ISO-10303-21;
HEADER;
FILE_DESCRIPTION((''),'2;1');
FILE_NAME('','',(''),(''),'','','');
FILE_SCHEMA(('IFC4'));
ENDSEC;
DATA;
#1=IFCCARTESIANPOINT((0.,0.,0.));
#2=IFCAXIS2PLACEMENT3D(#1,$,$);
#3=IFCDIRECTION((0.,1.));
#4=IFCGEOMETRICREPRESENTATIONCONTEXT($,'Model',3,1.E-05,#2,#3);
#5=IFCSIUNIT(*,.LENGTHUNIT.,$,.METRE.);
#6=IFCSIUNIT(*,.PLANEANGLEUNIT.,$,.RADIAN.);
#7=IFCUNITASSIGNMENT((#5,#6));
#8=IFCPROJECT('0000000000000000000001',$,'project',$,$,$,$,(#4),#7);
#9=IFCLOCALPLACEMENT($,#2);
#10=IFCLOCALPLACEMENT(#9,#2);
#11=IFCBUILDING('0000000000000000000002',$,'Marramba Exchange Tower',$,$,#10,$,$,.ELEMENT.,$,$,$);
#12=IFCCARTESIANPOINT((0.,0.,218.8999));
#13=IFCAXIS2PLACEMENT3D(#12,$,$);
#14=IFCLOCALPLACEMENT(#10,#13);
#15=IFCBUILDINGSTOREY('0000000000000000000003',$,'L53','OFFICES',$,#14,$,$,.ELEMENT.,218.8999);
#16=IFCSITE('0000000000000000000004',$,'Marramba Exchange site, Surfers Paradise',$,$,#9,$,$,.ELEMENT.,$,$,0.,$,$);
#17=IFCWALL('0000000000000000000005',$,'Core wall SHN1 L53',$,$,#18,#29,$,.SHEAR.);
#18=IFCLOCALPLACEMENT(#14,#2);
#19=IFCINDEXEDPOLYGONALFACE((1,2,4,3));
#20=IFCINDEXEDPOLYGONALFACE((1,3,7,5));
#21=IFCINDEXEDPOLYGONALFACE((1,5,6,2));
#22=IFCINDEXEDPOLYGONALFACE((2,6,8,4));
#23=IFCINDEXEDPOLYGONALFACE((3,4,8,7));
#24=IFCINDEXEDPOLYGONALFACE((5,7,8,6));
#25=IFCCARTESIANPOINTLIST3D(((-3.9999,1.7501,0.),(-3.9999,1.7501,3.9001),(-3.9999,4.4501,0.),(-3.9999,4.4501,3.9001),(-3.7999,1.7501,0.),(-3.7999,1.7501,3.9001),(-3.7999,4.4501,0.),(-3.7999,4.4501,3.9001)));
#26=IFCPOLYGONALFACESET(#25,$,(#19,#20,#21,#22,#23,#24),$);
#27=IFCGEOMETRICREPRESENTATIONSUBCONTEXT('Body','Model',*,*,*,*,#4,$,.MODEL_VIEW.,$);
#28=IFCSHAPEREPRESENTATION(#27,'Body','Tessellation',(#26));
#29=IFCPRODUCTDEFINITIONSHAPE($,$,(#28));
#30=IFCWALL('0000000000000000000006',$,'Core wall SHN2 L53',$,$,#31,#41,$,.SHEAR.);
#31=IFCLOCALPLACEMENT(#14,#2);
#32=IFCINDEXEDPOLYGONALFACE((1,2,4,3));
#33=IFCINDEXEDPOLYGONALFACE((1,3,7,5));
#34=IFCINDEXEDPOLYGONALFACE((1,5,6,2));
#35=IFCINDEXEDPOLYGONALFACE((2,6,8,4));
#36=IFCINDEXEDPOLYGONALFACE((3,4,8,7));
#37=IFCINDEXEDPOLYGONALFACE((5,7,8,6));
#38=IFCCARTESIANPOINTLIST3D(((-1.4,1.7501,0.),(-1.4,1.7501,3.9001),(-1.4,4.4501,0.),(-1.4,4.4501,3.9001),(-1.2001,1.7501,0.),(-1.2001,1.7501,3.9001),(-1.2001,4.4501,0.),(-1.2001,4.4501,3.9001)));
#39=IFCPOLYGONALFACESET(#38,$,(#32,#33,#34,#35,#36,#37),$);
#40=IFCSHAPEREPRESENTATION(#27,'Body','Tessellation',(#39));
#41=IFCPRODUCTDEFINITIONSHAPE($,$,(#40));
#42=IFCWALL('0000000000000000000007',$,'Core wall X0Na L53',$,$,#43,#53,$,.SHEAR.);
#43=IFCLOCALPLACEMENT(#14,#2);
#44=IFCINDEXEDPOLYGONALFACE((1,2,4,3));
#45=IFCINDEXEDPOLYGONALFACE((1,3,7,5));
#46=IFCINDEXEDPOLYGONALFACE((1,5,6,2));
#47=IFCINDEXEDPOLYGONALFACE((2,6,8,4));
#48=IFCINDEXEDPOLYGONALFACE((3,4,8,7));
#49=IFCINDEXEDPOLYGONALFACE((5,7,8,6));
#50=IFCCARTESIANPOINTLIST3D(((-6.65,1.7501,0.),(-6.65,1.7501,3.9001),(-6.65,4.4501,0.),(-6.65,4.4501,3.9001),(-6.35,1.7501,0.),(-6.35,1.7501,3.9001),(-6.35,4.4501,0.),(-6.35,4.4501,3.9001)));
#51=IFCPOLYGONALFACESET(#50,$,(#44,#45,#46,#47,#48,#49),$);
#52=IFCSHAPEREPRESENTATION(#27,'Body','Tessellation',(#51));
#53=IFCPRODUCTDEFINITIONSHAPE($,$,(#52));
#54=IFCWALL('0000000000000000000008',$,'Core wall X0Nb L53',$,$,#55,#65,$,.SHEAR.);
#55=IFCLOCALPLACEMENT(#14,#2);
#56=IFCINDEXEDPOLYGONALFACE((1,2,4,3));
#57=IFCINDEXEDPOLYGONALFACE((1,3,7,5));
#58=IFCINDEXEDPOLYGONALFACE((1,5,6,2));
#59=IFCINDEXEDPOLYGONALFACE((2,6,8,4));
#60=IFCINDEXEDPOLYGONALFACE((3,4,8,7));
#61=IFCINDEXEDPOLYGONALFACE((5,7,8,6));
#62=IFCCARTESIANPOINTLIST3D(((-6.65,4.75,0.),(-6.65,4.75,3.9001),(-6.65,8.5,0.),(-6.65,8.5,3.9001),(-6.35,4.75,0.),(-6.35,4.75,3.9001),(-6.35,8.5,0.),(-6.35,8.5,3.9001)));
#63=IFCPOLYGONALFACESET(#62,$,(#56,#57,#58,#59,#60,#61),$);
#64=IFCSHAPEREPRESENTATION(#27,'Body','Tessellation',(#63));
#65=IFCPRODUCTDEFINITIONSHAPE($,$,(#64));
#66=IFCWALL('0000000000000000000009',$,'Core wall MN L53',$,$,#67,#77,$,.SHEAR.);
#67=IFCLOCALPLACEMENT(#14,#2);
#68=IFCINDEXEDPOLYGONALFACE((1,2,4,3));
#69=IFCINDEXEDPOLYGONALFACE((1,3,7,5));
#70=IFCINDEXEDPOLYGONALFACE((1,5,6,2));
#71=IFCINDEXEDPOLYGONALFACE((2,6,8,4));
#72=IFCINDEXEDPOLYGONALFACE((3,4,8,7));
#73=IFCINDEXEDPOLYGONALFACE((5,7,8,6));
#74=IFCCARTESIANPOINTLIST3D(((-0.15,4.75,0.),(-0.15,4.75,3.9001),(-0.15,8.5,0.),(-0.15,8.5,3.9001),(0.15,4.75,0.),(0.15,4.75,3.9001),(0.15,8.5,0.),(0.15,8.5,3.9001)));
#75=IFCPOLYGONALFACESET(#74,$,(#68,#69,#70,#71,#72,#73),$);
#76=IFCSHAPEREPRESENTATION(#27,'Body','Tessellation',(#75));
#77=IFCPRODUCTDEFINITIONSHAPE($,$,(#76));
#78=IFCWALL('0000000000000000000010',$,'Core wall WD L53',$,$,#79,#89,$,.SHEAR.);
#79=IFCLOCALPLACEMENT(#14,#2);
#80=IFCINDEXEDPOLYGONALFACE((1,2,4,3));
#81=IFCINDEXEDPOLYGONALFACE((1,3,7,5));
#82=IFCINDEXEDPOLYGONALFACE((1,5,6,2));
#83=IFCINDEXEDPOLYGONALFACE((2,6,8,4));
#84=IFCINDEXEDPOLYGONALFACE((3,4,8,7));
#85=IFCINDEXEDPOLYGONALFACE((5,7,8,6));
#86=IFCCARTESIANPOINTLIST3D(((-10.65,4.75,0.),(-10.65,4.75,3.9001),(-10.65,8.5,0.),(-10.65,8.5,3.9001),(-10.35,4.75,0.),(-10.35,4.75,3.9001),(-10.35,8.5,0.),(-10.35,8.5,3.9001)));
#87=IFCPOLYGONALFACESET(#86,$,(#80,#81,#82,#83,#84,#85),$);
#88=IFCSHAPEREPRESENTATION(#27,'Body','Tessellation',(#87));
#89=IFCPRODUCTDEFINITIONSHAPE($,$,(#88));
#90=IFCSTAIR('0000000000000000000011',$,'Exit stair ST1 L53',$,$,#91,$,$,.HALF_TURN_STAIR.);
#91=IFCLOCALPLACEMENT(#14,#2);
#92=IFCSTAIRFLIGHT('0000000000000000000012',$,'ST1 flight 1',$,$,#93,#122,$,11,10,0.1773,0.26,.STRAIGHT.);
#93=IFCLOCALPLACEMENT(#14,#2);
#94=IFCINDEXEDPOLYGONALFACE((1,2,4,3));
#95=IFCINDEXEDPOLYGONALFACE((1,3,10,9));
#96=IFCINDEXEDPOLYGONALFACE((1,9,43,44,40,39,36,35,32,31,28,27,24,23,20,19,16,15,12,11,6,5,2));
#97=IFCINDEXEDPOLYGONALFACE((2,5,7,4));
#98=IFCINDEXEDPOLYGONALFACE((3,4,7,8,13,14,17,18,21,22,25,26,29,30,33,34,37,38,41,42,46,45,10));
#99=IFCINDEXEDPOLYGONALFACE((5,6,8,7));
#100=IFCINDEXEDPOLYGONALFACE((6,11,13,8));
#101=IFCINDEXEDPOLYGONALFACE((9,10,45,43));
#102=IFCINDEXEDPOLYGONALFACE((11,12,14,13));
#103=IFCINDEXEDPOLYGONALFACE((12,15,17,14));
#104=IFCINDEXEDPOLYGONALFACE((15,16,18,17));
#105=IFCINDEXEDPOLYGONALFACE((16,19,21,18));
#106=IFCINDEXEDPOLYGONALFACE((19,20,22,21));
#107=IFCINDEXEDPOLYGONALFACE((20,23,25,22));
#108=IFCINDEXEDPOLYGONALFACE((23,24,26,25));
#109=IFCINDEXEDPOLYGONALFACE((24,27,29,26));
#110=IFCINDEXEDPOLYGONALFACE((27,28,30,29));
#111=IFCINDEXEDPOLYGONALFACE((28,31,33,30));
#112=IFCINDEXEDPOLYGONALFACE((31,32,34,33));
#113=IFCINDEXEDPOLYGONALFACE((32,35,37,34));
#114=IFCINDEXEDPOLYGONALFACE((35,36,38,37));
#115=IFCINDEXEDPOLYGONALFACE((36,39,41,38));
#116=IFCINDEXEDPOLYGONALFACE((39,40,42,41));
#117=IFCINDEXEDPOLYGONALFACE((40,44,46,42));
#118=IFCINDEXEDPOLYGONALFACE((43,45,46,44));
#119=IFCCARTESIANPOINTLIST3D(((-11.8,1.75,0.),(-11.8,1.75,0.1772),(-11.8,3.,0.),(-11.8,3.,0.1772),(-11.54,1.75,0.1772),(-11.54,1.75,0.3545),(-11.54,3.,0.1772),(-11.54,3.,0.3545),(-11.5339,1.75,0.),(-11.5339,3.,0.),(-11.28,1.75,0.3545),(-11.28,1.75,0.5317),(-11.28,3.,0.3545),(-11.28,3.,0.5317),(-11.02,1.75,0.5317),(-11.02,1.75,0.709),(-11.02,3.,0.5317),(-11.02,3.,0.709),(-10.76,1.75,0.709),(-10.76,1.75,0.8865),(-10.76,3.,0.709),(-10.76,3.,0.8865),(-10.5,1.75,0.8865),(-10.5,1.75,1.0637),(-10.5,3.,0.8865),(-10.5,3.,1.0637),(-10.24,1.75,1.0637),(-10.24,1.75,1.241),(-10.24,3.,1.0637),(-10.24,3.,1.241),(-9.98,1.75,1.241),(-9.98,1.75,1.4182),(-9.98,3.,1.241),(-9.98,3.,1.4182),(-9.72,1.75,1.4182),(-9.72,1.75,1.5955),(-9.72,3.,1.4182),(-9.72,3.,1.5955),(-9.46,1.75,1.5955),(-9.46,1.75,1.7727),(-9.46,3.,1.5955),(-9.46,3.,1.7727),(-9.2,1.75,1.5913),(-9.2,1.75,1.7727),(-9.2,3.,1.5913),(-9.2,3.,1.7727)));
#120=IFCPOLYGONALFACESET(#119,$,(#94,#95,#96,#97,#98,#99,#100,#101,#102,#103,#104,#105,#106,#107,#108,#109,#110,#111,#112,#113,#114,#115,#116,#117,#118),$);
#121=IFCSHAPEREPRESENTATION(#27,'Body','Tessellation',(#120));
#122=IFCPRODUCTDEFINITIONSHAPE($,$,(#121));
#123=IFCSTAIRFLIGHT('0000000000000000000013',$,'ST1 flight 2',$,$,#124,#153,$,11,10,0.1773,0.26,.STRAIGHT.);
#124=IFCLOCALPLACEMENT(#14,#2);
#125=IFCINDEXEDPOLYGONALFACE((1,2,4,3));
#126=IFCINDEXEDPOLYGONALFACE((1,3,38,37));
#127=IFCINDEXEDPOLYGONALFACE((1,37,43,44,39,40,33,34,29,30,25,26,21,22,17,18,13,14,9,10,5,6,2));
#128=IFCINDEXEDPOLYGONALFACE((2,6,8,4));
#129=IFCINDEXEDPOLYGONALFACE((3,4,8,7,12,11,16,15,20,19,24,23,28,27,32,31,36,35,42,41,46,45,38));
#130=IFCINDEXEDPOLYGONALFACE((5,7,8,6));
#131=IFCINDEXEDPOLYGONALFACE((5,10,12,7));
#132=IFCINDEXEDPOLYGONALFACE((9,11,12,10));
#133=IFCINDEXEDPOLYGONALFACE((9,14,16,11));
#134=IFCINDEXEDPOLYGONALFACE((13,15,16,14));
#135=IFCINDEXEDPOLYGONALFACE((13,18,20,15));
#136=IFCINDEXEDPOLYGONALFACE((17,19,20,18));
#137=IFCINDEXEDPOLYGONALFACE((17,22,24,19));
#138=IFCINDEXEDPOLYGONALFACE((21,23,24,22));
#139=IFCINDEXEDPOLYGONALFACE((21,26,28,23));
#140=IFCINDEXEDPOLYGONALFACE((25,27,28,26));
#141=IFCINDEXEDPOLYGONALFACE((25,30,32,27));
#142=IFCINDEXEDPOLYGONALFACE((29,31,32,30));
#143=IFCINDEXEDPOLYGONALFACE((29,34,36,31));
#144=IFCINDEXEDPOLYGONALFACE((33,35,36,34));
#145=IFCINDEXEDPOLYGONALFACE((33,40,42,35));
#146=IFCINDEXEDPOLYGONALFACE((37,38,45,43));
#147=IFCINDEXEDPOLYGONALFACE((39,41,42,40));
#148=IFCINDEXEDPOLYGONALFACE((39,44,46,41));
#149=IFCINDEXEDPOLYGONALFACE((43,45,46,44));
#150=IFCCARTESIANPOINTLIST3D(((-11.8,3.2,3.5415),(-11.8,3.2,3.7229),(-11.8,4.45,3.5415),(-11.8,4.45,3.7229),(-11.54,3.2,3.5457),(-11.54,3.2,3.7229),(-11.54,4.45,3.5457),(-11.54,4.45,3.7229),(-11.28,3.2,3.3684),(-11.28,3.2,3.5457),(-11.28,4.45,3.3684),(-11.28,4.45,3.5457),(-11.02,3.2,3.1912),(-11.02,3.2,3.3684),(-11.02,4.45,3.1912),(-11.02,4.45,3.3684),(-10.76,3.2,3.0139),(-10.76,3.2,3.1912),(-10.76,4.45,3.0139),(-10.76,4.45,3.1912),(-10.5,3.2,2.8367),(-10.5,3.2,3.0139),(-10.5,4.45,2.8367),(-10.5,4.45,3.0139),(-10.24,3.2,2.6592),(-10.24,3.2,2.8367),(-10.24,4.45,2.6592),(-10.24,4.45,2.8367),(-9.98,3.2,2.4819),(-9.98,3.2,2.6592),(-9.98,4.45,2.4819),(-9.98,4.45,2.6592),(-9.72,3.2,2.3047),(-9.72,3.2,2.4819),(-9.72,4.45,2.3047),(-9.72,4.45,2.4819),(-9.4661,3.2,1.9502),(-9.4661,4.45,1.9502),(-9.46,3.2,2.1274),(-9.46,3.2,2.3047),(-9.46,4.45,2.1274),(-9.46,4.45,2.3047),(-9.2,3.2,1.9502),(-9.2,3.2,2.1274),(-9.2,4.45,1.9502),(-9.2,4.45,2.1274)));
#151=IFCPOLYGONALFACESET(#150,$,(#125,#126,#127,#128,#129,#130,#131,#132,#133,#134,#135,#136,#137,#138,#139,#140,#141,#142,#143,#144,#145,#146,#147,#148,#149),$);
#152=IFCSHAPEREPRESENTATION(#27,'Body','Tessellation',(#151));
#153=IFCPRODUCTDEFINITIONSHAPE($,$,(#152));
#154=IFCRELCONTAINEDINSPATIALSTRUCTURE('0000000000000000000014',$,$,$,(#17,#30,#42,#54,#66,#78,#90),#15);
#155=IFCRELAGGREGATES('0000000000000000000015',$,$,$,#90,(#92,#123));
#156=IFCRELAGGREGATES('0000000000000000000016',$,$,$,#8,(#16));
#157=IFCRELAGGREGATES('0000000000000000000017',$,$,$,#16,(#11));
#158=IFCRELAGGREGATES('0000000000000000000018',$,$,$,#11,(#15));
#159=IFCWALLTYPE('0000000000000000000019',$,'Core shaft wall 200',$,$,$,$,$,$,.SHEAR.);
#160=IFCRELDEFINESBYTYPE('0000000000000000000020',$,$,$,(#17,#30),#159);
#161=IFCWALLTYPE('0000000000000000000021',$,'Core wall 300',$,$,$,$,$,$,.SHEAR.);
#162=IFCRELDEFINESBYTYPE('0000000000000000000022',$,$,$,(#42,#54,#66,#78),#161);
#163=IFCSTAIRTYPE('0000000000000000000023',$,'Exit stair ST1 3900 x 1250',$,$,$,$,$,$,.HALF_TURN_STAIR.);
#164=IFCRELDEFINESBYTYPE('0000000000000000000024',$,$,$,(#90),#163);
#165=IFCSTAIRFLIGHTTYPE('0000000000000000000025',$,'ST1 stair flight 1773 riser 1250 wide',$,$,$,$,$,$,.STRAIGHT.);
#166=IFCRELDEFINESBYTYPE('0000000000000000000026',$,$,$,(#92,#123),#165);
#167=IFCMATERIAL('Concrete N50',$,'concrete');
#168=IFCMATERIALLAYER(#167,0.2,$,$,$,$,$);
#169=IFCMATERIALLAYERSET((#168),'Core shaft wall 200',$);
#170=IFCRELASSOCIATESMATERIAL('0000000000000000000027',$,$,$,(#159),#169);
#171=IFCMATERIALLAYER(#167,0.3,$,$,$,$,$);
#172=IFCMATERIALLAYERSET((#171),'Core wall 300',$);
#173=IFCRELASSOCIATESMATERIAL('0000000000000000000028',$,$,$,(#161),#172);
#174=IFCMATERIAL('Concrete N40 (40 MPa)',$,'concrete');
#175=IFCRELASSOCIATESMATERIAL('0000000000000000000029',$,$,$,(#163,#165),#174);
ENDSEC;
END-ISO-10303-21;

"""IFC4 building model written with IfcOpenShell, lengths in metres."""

from ifc_helpers import new_model, si_unit, direction, frame, frame_2d, origin, place, context, subcontext, project, spatial, polyline, rectangle, outline, extrude, material, layer, layer_set, type_object, element, aggregate, save


model = new_model("IFC4")

# Units and contexts
model_context = context("Model", 3, precision=1e-05, world=origin(), true_north=direction((0.0, 1.0)))
body_context = subcontext(model_context, "Body", "Model", "MODEL_VIEW")
ifc_project = project(units=[si_unit("LENGTHUNIT", "METRE"), si_unit("PLANEANGLEUNIT", "RADIAN")], contexts=[model_context])

# Site, building, storey
site_placement = place(None, origin())
site = spatial("IfcSite", under=ifc_project, at=site_placement, Name="Marramba Exchange site, Surfers Paradise", CompositionType="ELEMENT", RefElevation=0.0)
building_placement = place(site_placement, origin())
building = spatial("IfcBuilding", under=site, at=building_placement, Name="Marramba Exchange Tower", CompositionType="ELEMENT")
storey_placement = place(building_placement, frame((0.0, 0.0, 218.8999)))
storey = spatial("IfcBuildingStorey", under=building, at=storey_placement, Name="L53", Description="OFFICES", CompositionType="ELEMENT", Elevation=218.8999)

# Shared definitions
ifc_material_1 = material(Name="Concrete N50", Category="concrete")

# Walls
ifc_layer_1 = layer(ifc_material_1, 0.2)
ifc_layer_set_1 = layer_set([ifc_layer_1], Name="Core shaft wall 200")
wall_type_1 = type_object("IfcWallType", Name="Core shaft wall 200", PredefinedType="SHEAR", material=ifc_layer_set_1)
for number, where, z_axis, x_axis, name in (
    (1, (-3.8999, 1.75, 0.0), (0.0, 0.0, 1.0), (0.0, 1.0, 0.0), "Core wall SHN1 L53"),
    (2, (-1.3, 1.75, 0.0), (0.0, 0.0, 1.0), (0.0, 1.0, 0.0), "Core wall SHN2 L53"),
):
    element("IfcWall", number, at=place(storey_placement, frame(where, z_axis=z_axis, x_axis=x_axis)), inside=storey, type_object=wall_type_1, Name=name, PredefinedType="SHEAR", context=body_context, shape_type="SweptSolid", body=[
        extrude(rectangle(XDim=2.7, YDim=0.2, at=frame_2d((1.3501, 0.0))), origin(), (0.0, 0.0, 1.0), 3.9001),
    ])
ifc_layer_2 = layer(ifc_material_1, 0.3)
ifc_layer_set_2 = layer_set([ifc_layer_2], Name="Core wall 300")
wall_type_2 = type_object("IfcWallType", Name="Core wall 300", PredefinedType="SHEAR", material=ifc_layer_set_2)
wall_1_placement = place(storey_placement, frame((-6.5, 1.75, 0.0), z_axis=(0.0, 0.0, 1.0), x_axis=(0.0, 1.0, 0.0)))
element("IfcWall", 3, at=wall_1_placement, inside=storey, type_object=wall_type_2, Name="Core wall X0Na L53", PredefinedType="SHEAR", context=body_context, shape_type="SweptSolid", body=[
    extrude(rectangle(XDim=2.7, YDim=0.3, at=frame_2d((1.3501, 0.0))), origin(), (0.0, 0.0, 1.0), 3.9001),
])
for number, where, z_axis, x_axis, name in (
    (4, (-6.5, 4.75, 0.0), (0.0, 0.0, 1.0), (0.0, 1.0, 0.0), "Core wall X0Nb L53"),
    (5, (0.0, 4.75, 0.0), (0.0, 0.0, 1.0), (0.0, 1.0, 0.0), "Core wall MN L53"),
    (6, (-10.5, 4.75, 0.0), (0.0, 0.0, 1.0), (0.0, 1.0, 0.0), "Core wall WD L53"),
):
    element("IfcWall", number, at=place(storey_placement, frame(where, z_axis=z_axis, x_axis=x_axis)), inside=storey, type_object=wall_type_2, Name=name, PredefinedType="SHEAR", context=body_context, shape_type="SweptSolid", body=[
        extrude(rectangle(XDim=3.75, YDim=0.3, at=frame_2d((1.875, 0.0))), origin(), (0.0, 0.0, 1.0), 3.9001),
    ])

# Stair, stair flights
ifc_material_2 = material(Name="Concrete N40 (40 MPa)", Category="concrete")
stair_type = type_object("IfcStairType", Name="Exit stair ST1 3900 x 1250", PredefinedType="HALF_TURN_STAIR", material=ifc_material_2)
stair_placement = place(storey_placement, origin())
stair = element("IfcStair", 7, at=stair_placement, inside=storey, type_object=stair_type, Name="Exit stair ST1 L53", PredefinedType="HALF_TURN_STAIR")
stair_flight_type = type_object("IfcStairFlightType", Name="ST1 stair flight 1773 riser 1250 wide", PredefinedType="STRAIGHT", material=ifc_material_2)
stair_flight_1_placement = place(storey_placement, frame((-11.8, 2.375, 0.0), z_axis=(0.0, 0.0, 1.0), x_axis=(1.0, 0.0, 0.0)))
stair_flight_1 = element("IfcStairFlight", 8, at=stair_flight_1_placement, type_object=stair_flight_type, Name="ST1 flight 1", NumberOfRisers=11, NumberOfTreads=10, PredefinedType="STRAIGHT", RiserHeight=0.1773, TreadLength=0.26, context=body_context, shape_type="SweptSolid", body=[
    extrude(outline(polyline([(0.0, 0.0), (0.0, 0.1772), (0.26, 0.1772), (0.26, 0.3545), (0.52, 0.3545), (0.52, 0.5317), (0.78, 0.5317), (0.78, 0.709), (1.04, 0.709), (1.04, 0.8865), (1.3, 0.8865), (1.3, 1.0637), (1.5601, 1.0637), (1.5601, 1.241), (1.8201, 1.241), (1.8201, 1.4182), (2.0801, 1.4182), (2.0801, 1.5955), (2.3401, 1.5955), (2.3401, 1.7727), (2.6001, 1.7727), (2.6001, 1.95), (2.6001, 1.5913), (0.2661, 0.0), (0.0, 0.0)])), frame((0.0, 0.625, 0.0), z_axis=(0.0, -1.0, 0.0), x_axis=(1.0, 0.0, 0.0)), (0.0, 0.0, 1.0), 1.25),
])
stair_flight_2_placement = place(storey_placement, frame((-9.2, 3.825, 1.9502), z_axis=(0.0, 0.0, 1.0), x_axis=(-1.0, 0.0, 0.0)))
stair_flight_2 = element("IfcStairFlight", 9, at=stair_flight_2_placement, type_object=stair_flight_type, Name="ST1 flight 2", NumberOfRisers=11, NumberOfTreads=10, PredefinedType="STRAIGHT", RiserHeight=0.1773, TreadLength=0.26, context=body_context, shape_type="SweptSolid", body=[
    extrude(outline(polyline([(0.0, 0.0), (0.0, 0.1772), (0.26, 0.1772), (0.26, 0.3545), (0.52, 0.3545), (0.52, 0.5317), (0.78, 0.5317), (0.78, 0.709), (1.04, 0.709), (1.04, 0.8865), (1.3, 0.8865), (1.3, 1.0637), (1.5601, 1.0637), (1.5601, 1.241), (1.8201, 1.241), (1.8201, 1.4182), (2.0801, 1.4182), (2.0801, 1.5955), (2.3401, 1.5955), (2.3401, 1.7727), (2.6001, 1.7727), (2.6001, 1.95), (2.6001, 1.5913), (0.2661, 0.0), (0.0, 0.0)])), frame((0.0, 0.625, 0.0), z_axis=(0.0, -1.0, 0.0), x_axis=(1.0, 0.0, 0.0)), (0.0, 0.0, 1.0), 1.25),
])
aggregate(stair, [stair_flight_1, stair_flight_2])

save(model, "model.ifc")
